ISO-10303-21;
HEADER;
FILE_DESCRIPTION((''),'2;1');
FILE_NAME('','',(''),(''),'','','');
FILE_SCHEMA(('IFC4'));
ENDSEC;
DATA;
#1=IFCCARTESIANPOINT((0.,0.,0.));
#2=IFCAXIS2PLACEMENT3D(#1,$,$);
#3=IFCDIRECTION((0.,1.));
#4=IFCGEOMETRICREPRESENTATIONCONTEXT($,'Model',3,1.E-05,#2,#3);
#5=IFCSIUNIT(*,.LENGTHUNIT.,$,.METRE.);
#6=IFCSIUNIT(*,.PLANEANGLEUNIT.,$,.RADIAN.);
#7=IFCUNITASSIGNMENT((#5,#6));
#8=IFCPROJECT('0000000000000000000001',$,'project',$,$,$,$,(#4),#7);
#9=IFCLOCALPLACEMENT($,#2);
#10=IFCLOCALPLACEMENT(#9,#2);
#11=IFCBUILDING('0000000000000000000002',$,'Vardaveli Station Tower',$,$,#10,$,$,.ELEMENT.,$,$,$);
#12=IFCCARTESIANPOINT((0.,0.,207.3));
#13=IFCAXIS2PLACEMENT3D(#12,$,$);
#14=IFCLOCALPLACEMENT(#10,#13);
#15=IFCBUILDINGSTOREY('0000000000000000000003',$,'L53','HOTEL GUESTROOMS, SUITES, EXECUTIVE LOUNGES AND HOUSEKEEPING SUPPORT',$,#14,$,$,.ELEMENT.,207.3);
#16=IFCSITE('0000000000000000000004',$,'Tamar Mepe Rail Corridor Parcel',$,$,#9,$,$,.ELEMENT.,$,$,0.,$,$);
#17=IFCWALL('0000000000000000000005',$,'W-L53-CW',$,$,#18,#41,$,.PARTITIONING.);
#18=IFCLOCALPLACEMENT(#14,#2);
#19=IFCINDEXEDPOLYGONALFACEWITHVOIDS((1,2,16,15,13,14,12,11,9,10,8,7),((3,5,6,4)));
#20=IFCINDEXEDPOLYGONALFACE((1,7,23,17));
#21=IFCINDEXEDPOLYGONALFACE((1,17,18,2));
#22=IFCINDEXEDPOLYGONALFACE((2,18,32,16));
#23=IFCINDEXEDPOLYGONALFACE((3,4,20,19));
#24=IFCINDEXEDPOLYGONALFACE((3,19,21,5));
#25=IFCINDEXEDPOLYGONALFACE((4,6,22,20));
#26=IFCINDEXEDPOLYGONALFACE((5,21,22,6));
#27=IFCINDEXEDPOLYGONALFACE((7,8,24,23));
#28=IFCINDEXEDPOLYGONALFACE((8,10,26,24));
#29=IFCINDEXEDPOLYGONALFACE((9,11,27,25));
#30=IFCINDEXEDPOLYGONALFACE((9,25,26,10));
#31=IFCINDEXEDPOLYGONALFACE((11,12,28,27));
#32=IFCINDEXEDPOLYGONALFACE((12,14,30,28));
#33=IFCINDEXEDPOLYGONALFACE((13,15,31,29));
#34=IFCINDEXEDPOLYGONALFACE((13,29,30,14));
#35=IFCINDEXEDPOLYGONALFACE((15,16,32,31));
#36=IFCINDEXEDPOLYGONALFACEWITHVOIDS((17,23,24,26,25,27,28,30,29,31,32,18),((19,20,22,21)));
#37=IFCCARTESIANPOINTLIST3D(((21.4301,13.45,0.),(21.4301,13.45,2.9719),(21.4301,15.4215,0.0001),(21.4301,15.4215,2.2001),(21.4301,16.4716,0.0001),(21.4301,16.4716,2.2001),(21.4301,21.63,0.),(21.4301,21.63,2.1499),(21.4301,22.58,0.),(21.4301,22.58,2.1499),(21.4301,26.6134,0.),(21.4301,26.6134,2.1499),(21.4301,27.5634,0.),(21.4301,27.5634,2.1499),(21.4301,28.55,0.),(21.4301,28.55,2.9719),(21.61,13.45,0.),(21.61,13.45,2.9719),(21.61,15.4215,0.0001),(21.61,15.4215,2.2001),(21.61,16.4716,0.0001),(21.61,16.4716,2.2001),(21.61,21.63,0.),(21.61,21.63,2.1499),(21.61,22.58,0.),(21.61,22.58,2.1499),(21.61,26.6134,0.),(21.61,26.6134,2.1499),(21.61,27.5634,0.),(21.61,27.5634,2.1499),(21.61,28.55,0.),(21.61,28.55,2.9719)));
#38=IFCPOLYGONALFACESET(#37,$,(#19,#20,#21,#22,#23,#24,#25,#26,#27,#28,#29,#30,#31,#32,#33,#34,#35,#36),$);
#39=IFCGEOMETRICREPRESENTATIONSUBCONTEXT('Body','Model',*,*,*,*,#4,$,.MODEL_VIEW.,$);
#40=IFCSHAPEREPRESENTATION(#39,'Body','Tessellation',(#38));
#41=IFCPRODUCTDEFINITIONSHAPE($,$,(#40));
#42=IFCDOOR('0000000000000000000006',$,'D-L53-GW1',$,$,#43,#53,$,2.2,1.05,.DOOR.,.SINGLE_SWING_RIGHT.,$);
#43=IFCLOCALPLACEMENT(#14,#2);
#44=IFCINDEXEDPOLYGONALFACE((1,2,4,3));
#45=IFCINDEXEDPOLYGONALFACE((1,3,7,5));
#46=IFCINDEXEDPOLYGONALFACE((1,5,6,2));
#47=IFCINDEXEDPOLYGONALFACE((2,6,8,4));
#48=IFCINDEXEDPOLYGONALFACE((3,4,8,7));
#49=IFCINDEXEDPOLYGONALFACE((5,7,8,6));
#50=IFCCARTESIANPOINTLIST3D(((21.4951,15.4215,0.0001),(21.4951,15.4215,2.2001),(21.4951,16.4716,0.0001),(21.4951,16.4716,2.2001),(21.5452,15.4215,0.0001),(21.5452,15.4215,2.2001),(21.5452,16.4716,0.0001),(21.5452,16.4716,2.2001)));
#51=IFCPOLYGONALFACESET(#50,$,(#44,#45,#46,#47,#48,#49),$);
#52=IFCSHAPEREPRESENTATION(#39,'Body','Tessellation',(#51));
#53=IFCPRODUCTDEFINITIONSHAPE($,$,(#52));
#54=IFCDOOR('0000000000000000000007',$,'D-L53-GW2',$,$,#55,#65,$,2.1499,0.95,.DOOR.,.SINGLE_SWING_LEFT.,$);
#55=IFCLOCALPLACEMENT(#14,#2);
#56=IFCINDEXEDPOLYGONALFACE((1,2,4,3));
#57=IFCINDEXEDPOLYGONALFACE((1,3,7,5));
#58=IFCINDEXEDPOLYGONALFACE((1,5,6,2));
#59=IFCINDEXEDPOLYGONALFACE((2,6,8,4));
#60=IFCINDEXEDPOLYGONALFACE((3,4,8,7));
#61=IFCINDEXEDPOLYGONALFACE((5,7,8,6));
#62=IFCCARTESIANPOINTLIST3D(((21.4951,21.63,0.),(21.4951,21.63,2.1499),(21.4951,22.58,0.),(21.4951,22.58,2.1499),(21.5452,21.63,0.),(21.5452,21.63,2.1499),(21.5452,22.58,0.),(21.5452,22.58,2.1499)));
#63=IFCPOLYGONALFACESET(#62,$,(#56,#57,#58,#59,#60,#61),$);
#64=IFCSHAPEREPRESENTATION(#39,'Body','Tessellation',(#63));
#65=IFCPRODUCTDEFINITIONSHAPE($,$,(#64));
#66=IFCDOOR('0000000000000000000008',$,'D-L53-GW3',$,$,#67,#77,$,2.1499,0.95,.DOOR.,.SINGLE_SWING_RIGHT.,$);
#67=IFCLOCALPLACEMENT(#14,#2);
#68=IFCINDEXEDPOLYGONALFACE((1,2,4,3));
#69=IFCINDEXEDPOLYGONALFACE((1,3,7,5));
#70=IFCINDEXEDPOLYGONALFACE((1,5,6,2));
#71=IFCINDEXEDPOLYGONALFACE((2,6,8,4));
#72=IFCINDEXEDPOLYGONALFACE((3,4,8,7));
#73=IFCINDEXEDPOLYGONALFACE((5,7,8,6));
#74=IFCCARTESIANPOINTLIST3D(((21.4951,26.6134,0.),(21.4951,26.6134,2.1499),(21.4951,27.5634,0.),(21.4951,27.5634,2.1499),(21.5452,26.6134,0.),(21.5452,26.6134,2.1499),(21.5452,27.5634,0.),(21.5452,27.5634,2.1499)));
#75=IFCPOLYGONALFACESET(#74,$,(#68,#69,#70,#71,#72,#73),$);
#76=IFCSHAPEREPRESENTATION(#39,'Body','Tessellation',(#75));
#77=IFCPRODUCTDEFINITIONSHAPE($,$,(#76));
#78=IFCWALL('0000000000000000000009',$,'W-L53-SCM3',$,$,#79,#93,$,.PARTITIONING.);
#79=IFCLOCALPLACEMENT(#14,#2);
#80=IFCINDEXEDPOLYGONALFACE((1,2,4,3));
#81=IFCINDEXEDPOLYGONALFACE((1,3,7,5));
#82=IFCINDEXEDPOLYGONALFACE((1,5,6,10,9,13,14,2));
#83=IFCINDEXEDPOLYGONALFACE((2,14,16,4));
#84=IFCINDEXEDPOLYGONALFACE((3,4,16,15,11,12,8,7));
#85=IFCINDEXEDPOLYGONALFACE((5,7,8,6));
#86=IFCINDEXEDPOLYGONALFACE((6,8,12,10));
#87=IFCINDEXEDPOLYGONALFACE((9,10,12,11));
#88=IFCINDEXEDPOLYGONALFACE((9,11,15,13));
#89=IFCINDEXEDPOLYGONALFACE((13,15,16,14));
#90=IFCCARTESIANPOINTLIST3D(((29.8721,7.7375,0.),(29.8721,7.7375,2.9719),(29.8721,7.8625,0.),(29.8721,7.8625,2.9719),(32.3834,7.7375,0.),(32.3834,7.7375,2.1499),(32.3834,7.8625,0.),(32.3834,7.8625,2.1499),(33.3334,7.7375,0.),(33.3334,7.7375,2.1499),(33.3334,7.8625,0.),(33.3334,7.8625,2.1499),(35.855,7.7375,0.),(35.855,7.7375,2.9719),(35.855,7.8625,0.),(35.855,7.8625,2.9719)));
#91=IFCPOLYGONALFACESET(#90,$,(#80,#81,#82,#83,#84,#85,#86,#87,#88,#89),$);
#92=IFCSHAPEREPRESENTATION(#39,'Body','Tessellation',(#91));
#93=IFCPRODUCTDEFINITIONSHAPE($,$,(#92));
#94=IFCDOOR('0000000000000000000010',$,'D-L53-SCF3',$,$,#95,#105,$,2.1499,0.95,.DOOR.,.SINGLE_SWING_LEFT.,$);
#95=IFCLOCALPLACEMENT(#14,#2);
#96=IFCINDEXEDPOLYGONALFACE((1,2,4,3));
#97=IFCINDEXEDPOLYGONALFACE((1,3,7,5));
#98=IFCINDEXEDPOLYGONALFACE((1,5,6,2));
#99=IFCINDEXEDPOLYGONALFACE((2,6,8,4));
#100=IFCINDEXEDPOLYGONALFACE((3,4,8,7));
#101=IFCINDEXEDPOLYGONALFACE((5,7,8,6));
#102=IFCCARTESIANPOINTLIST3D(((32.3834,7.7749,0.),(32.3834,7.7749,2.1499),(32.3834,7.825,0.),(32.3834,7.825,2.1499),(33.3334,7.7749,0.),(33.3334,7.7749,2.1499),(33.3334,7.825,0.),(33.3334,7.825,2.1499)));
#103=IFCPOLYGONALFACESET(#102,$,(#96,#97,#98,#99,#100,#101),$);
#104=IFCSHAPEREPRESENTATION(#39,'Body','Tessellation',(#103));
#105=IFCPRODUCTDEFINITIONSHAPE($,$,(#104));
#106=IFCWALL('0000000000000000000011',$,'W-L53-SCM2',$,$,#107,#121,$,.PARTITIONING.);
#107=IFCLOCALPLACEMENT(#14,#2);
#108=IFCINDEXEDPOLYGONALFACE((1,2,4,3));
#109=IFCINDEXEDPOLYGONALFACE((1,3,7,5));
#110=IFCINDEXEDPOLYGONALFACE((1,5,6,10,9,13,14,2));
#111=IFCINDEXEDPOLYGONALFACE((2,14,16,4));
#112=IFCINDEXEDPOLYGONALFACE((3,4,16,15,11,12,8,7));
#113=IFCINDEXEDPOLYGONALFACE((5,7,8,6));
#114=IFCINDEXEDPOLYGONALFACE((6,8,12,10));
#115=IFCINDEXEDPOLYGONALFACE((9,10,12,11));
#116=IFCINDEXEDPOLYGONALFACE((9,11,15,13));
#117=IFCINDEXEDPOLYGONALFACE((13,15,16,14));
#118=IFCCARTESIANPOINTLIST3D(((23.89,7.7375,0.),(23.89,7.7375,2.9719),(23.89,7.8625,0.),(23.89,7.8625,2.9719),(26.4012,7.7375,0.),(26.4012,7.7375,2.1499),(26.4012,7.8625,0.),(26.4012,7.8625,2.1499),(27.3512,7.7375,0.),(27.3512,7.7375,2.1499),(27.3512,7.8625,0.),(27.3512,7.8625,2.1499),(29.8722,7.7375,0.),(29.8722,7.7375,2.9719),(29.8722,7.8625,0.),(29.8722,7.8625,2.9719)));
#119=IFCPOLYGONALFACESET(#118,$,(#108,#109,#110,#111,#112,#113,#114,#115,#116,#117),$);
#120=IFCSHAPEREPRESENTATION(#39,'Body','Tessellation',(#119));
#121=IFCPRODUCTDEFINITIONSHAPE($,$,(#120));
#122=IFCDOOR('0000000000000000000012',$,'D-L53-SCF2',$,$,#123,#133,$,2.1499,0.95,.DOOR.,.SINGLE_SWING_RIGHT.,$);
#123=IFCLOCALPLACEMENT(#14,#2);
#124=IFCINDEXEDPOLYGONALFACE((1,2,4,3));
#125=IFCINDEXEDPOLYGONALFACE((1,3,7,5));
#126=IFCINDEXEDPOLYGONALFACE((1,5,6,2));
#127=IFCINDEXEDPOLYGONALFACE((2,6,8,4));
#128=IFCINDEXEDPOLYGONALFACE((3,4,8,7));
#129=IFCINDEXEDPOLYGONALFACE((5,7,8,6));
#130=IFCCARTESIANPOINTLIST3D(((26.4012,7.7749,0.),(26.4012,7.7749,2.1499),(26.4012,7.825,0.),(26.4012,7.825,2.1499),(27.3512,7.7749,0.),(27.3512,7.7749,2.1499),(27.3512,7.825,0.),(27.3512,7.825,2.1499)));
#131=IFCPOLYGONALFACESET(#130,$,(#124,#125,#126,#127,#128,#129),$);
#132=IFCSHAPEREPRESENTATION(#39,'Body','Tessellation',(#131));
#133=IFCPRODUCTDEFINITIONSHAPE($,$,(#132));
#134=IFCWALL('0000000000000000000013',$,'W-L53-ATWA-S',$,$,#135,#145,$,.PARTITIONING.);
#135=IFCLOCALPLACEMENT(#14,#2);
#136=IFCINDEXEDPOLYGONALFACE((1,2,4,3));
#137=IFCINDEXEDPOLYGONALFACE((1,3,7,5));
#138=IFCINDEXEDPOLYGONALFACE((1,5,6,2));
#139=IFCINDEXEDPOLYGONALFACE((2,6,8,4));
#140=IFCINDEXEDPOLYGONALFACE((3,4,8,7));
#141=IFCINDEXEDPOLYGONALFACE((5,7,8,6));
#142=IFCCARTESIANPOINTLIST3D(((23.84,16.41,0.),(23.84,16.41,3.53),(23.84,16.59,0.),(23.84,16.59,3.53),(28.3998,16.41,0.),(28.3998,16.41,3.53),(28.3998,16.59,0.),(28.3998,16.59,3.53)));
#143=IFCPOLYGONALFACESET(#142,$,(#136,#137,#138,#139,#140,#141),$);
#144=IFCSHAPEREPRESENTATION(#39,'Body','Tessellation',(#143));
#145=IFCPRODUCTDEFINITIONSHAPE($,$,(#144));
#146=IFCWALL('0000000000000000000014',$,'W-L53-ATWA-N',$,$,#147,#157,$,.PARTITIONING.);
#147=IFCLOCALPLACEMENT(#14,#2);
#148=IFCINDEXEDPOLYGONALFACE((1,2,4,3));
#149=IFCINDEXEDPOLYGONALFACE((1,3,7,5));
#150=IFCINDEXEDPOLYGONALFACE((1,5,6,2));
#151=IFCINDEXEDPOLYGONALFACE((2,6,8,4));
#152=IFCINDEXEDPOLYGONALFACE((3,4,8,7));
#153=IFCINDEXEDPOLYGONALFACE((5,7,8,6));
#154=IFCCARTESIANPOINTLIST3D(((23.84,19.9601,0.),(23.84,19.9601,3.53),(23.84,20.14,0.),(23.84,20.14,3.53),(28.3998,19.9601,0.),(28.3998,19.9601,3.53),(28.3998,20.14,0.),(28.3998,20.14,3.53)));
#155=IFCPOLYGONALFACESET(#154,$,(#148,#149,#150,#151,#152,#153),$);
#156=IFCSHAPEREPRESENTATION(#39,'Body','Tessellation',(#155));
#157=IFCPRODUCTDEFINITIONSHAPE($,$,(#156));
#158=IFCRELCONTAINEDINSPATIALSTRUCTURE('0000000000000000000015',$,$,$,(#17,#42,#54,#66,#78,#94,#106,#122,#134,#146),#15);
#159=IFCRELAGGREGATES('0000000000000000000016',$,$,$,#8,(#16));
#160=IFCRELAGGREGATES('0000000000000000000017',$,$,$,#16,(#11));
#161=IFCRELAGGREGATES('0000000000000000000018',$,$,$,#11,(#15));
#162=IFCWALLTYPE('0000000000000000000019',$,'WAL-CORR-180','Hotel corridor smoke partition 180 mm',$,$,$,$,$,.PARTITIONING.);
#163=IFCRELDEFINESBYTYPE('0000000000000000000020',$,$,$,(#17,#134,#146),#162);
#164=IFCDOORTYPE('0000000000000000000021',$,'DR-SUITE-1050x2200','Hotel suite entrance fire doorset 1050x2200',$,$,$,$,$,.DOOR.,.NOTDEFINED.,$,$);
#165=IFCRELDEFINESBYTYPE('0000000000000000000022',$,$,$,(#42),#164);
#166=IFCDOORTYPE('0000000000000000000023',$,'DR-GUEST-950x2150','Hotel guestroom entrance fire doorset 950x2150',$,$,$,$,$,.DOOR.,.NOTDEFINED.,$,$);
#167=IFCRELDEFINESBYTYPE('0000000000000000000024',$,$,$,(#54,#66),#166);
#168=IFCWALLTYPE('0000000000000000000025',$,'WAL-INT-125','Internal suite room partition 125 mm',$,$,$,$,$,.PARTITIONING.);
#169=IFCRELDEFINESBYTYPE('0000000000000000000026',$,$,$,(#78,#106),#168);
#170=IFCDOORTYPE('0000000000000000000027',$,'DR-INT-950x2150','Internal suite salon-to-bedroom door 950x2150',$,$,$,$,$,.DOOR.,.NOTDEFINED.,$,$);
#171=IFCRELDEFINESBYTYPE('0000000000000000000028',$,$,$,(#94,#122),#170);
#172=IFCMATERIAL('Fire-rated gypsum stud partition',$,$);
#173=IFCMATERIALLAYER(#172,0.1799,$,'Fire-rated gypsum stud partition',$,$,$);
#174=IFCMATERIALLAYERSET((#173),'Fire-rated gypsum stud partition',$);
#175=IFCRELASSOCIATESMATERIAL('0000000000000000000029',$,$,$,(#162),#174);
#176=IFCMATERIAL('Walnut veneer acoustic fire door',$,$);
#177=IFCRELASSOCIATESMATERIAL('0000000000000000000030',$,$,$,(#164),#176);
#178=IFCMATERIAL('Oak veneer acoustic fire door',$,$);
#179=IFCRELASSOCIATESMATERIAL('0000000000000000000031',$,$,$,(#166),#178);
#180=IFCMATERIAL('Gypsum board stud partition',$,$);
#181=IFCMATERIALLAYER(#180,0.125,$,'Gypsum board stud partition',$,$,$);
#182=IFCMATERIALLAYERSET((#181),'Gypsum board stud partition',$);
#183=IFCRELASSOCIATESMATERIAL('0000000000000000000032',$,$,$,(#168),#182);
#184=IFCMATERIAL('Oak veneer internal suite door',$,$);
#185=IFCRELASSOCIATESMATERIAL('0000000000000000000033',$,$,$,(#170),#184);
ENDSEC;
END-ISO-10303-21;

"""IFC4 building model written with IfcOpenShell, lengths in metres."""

from ifc_helpers import new_model, si_unit, direction, frame, frame_2d, origin, place, context, subcontext, project, spatial, rectangle, extrude, source, transform, mapped, material, layer, layer_set, type_object, element, fill, save


model = new_model("IFC4")

# Units and contexts
model_context = context("Model", 3, precision=1e-05, world=origin(), true_north=direction((0.0, 1.0)))
body_context = subcontext(model_context, "Body", "Model", "MODEL_VIEW")
ifc_project = project(units=[si_unit("LENGTHUNIT", "METRE"), si_unit("PLANEANGLEUNIT", "RADIAN")], contexts=[model_context])

# Site, building, storey
site_placement = place(None, origin())
site = spatial("IfcSite", under=ifc_project, at=site_placement, Name="Tamar Mepe Rail Corridor Parcel", CompositionType="ELEMENT", RefElevation=0.0)
building_placement = place(site_placement, origin())
building = spatial("IfcBuilding", under=site, at=building_placement, Name="Vardaveli Station Tower", CompositionType="ELEMENT")
storey_placement = place(building_placement, frame((0.0, 0.0, 207.3)))
storey = spatial("IfcBuildingStorey", under=building, at=storey_placement, Name="L53", Description="HOTEL GUESTROOMS, SUITES, EXECUTIVE LOUNGES AND HOUSEKEEPING SUPPORT", CompositionType="ELEMENT", Elevation=207.3)

# Shared definitions
ifc_material_1 = material(Name="Fire-rated gypsum stud partition")
ifc_layer_1 = layer(ifc_material_1, 0.1799, Name="Fire-rated gypsum stud partition")
ifc_layer_set_1 = layer_set([ifc_layer_1], Name="Fire-rated gypsum stud partition")
wall_type_1 = type_object("IfcWallType", Name="WAL-CORR-180", Description="Hotel corridor smoke partition 180 mm", PredefinedType="PARTITIONING", material=ifc_layer_set_1)
shared_shape_1 = source(origin(), body_context, "Body", "SweptSolid", [
    extrude(rectangle(XDim=1.05, YDim=2.2, at=frame_2d((0.5249, 1.1001))), frame((0.0, 0.1001, 0.0), z_axis=(0.0, -1.0, 0.0), x_axis=(1.0, 0.0, 0.0)), (0.0, 0.0, 1.0), 0.2),
])
ifc_material_2 = material(Name="Walnut veneer acoustic fire door")
door_type_1 = type_object("IfcDoorType", Name="DR-SUITE-1050x2200", Description="Hotel suite entrance fire doorset 1050x2200", OperationType="NOTDEFINED", PredefinedType="DOOR", material=ifc_material_2)
shared_shape_2 = source(origin(), body_context, "Body", "SweptSolid", [
    extrude(rectangle(XDim=1.05, YDim=2.2, at=frame_2d((0.5249, 1.1001))), frame((0.0, 0.0249, 0.0), z_axis=(0.0, -1.0, 0.0), x_axis=(1.0, 0.0, 0.0)), (0.0, 0.0, 1.0), 0.05),
])

# Wall, openings, doors
shared_shape_3 = source(origin(), body_context, "Body", "SweptSolid", [
    extrude(rectangle(XDim=15.1001, YDim=0.1799, at=frame_2d((7.55, 0.0))), origin(), (0.0, 0.0, 1.0), 2.9719),
])
wall_1_placement = place(storey_placement, frame((21.52, 13.45, 0.0), z_axis=(0.0, 0.0, 1.0), x_axis=(0.0, 1.0, 0.0)))
wall_1 = element("IfcWall", 1, at=wall_1_placement, inside=storey, type_object=wall_type_1, Name="W-L53-CW", PredefinedType="PARTITIONING", context=body_context, shape_type="MappedRepresentation", body=[
    mapped(shared_shape_3, transform((0.0, 0.0, 0.0), scale=1.0)),
])
opening_1_placement = place(wall_1_placement, frame((1.9717, 0.0, 0.0)))
opening_1 = element("IfcOpeningElement", 2, at=opening_1_placement, cuts=wall_1, PredefinedType="OPENING", context=body_context, shape_type="MappedRepresentation", body=[
    mapped(shared_shape_1, transform((0.0, 0.0, 0.0), scale=1.0)),
])
shared_shape_4 = source(origin(), body_context, "Body", "SweptSolid", [
    extrude(rectangle(XDim=0.95, YDim=2.1499, at=frame_2d((0.4751, 1.075))), frame((0.0, 0.1001, 0.0), z_axis=(0.0, -1.0, 0.0), x_axis=(1.0, 0.0, 0.0)), (0.0, 0.0, 1.0), 0.2),
])
opening_2_placement = place(wall_1_placement, frame((8.1799, 0.0, 0.0)))
opening_2 = element("IfcOpeningElement", 3, at=opening_2_placement, cuts=wall_1, PredefinedType="OPENING", context=body_context, shape_type="MappedRepresentation", body=[
    mapped(shared_shape_4, transform((0.0, 0.0, 0.0), scale=1.0)),
])
opening_3_placement = place(wall_1_placement, frame((13.1633, 0.0, 0.0)))
opening_3 = element("IfcOpeningElement", 4, at=opening_3_placement, cuts=wall_1, PredefinedType="OPENING", context=body_context, shape_type="MappedRepresentation", body=[
    mapped(shared_shape_4, transform((0.0, 0.0, 0.0), scale=1.0)),
])
door_1_placement = place(opening_1_placement, origin())
door_1 = element("IfcDoor", 5, at=door_1_placement, inside=storey, type_object=door_type_1, Name="D-L53-GW1", OperationType="SINGLE_SWING_RIGHT", OverallHeight=2.2, OverallWidth=1.05, PredefinedType="DOOR", context=body_context, shape_type="MappedRepresentation", body=[
    mapped(shared_shape_2, transform((0.0, 0.0, 0.0), scale=1.0)),
])
fill(opening_1, door_1)
ifc_material_3 = material(Name="Oak veneer acoustic fire door")
door_type_2 = type_object("IfcDoorType", Name="DR-GUEST-950x2150", Description="Hotel guestroom entrance fire doorset 950x2150", OperationType="NOTDEFINED", PredefinedType="DOOR", material=ifc_material_3)
shared_shape_5 = source(origin(), body_context, "Body", "SweptSolid", [
    extrude(rectangle(XDim=0.95, YDim=2.1499, at=frame_2d((0.4751, 1.075))), frame((0.0, 0.0249, 0.0), z_axis=(0.0, -1.0, 0.0), x_axis=(1.0, 0.0, 0.0)), (0.0, 0.0, 1.0), 0.05),
])
door_2_placement = place(opening_2_placement, origin())
door_2 = element("IfcDoor", 6, at=door_2_placement, inside=storey, type_object=door_type_2, Name="D-L53-GW2", OperationType="SINGLE_SWING_LEFT", OverallHeight=2.1499, OverallWidth=0.95, PredefinedType="DOOR", context=body_context, shape_type="MappedRepresentation", body=[
    mapped(shared_shape_5, transform((0.0, 0.0, 0.0), scale=1.0)),
])
fill(opening_2, door_2)
door_3_placement = place(opening_3_placement, origin())
door_3 = element("IfcDoor", 7, at=door_3_placement, inside=storey, type_object=door_type_2, Name="D-L53-GW3", OperationType="SINGLE_SWING_RIGHT", OverallHeight=2.1499, OverallWidth=0.95, PredefinedType="DOOR", context=body_context, shape_type="MappedRepresentation", body=[
    mapped(shared_shape_5, transform((0.0, 0.0, 0.0), scale=1.0)),
])
fill(opening_3, door_3)

# Walls, openings, doors
ifc_material_4 = material(Name="Gypsum board stud partition")
ifc_layer_2 = layer(ifc_material_4, 0.125, Name="Gypsum board stud partition")
ifc_layer_set_2 = layer_set([ifc_layer_2], Name="Gypsum board stud partition")
wall_type_2 = type_object("IfcWallType", Name="WAL-INT-125", Description="Internal suite room partition 125 mm", PredefinedType="PARTITIONING", material=ifc_layer_set_2)
shared_shape_6 = source(origin(), body_context, "Body", "SweptSolid", [
    extrude(rectangle(XDim=5.9829, YDim=0.125, at=frame_2d((2.9915, 0.0))), origin(), (0.0, 0.0, 1.0), 2.9719),
])
wall_2_placement = place(storey_placement, frame((29.8721, 7.8, 0.0), z_axis=(0.0, 0.0, 1.0), x_axis=(1.0, 0.0, 0.0)))
wall_2 = element("IfcWall", 8, at=wall_2_placement, inside=storey, type_object=wall_type_2, Name="W-L53-SCM3", PredefinedType="PARTITIONING", context=body_context, shape_type="MappedRepresentation", body=[
    mapped(shared_shape_6, transform((0.0, 0.0, 0.0), scale=1.0)),
])
shared_shape_7 = source(origin(), body_context, "Body", "SweptSolid", [
    extrude(rectangle(XDim=0.95, YDim=2.1499, at=frame_2d((0.4751, 1.075))), frame((0.0, 0.0725, 0.0), z_axis=(0.0, -1.0, 0.0), x_axis=(1.0, 0.0, 0.0)), (0.0, 0.0, 1.0), 0.145),
])
opening_4_placement = place(wall_2_placement, frame((2.5112, 0.0, 0.0)))
opening_4 = element("IfcOpeningElement", 9, at=opening_4_placement, cuts=wall_2, PredefinedType="OPENING", context=body_context, shape_type="MappedRepresentation", body=[
    mapped(shared_shape_7, transform((0.0, 0.0, 0.0), scale=1.0)),
])
ifc_material_5 = material(Name="Oak veneer internal suite door")
door_type_3 = type_object("IfcDoorType", Name="DR-INT-950x2150", Description="Internal suite salon-to-bedroom door 950x2150", OperationType="NOTDEFINED", PredefinedType="DOOR", material=ifc_material_5)
door_4_placement = place(opening_4_placement, origin())
door_4 = element("IfcDoor", 10, at=door_4_placement, inside=storey, type_object=door_type_3, Name="D-L53-SCF3", OperationType="SINGLE_SWING_LEFT", OverallHeight=2.1499, OverallWidth=0.95, PredefinedType="DOOR", context=body_context, shape_type="MappedRepresentation", body=[
    mapped(shared_shape_5, transform((0.0, 0.0, 0.0), scale=1.0)),
])
fill(opening_4, door_4)
shared_shape_8 = source(origin(), body_context, "Body", "SweptSolid", [
    extrude(rectangle(XDim=5.9822, YDim=0.125, at=frame_2d((2.9912, 0.0))), origin(), (0.0, 0.0, 1.0), 2.9719),
])
wall_3_placement = place(storey_placement, frame((23.8899, 7.8, 0.0), z_axis=(0.0, 0.0, 1.0), x_axis=(1.0, 0.0, 0.0)))
wall_3 = element("IfcWall", 11, at=wall_3_placement, inside=storey, type_object=wall_type_2, Name="W-L53-SCM2", PredefinedType="PARTITIONING", context=body_context, shape_type="MappedRepresentation", body=[
    mapped(shared_shape_8, transform((0.0, 0.0, 0.0), scale=1.0)),
])
opening_5_placement = place(wall_3_placement, frame((2.5112, 0.0, 0.0)))
opening_5 = element("IfcOpeningElement", 12, at=opening_5_placement, cuts=wall_3, PredefinedType="OPENING", context=body_context, shape_type="MappedRepresentation", body=[
    mapped(shared_shape_7, transform((0.0, 0.0, 0.0), scale=1.0)),
])
door_5_placement = place(opening_5_placement, origin())
door_5 = element("IfcDoor", 13, at=door_5_placement, inside=storey, type_object=door_type_3, Name="D-L53-SCF2", OperationType="SINGLE_SWING_RIGHT", OverallHeight=2.1499, OverallWidth=0.95, PredefinedType="DOOR", context=body_context, shape_type="MappedRepresentation", body=[
    mapped(shared_shape_5, transform((0.0, 0.0, 0.0), scale=1.0)),
])
fill(opening_5, door_5)

# Walls
shared_shape_9 = source(origin(), body_context, "Body", "SweptSolid", [
    extrude(rectangle(XDim=4.5598, YDim=0.1799, at=frame_2d((2.2798, 0.0))), origin(), (0.0, 0.0, 1.0), 3.53),
])
for number, where, z_axis, x_axis, name in (
    (14, (23.8401, 16.5, 0.0), (0.0, 0.0, 1.0), (1.0, 0.0, 0.0), "W-L53-ATWA-S"),
    (15, (23.8401, 20.05, 0.0), (0.0, 0.0, 1.0), (1.0, 0.0, 0.0), "W-L53-ATWA-N"),
):
    element("IfcWall", number, at=place(storey_placement, frame(where, z_axis=z_axis, x_axis=x_axis)), inside=storey, type_object=wall_type_1, Name=name, PredefinedType="PARTITIONING", context=body_context, shape_type="MappedRepresentation", body=[
        mapped(shared_shape_9, transform((0.0, 0.0, 0.0), scale=1.0)),
    ])

save(model, "model.ifc")
